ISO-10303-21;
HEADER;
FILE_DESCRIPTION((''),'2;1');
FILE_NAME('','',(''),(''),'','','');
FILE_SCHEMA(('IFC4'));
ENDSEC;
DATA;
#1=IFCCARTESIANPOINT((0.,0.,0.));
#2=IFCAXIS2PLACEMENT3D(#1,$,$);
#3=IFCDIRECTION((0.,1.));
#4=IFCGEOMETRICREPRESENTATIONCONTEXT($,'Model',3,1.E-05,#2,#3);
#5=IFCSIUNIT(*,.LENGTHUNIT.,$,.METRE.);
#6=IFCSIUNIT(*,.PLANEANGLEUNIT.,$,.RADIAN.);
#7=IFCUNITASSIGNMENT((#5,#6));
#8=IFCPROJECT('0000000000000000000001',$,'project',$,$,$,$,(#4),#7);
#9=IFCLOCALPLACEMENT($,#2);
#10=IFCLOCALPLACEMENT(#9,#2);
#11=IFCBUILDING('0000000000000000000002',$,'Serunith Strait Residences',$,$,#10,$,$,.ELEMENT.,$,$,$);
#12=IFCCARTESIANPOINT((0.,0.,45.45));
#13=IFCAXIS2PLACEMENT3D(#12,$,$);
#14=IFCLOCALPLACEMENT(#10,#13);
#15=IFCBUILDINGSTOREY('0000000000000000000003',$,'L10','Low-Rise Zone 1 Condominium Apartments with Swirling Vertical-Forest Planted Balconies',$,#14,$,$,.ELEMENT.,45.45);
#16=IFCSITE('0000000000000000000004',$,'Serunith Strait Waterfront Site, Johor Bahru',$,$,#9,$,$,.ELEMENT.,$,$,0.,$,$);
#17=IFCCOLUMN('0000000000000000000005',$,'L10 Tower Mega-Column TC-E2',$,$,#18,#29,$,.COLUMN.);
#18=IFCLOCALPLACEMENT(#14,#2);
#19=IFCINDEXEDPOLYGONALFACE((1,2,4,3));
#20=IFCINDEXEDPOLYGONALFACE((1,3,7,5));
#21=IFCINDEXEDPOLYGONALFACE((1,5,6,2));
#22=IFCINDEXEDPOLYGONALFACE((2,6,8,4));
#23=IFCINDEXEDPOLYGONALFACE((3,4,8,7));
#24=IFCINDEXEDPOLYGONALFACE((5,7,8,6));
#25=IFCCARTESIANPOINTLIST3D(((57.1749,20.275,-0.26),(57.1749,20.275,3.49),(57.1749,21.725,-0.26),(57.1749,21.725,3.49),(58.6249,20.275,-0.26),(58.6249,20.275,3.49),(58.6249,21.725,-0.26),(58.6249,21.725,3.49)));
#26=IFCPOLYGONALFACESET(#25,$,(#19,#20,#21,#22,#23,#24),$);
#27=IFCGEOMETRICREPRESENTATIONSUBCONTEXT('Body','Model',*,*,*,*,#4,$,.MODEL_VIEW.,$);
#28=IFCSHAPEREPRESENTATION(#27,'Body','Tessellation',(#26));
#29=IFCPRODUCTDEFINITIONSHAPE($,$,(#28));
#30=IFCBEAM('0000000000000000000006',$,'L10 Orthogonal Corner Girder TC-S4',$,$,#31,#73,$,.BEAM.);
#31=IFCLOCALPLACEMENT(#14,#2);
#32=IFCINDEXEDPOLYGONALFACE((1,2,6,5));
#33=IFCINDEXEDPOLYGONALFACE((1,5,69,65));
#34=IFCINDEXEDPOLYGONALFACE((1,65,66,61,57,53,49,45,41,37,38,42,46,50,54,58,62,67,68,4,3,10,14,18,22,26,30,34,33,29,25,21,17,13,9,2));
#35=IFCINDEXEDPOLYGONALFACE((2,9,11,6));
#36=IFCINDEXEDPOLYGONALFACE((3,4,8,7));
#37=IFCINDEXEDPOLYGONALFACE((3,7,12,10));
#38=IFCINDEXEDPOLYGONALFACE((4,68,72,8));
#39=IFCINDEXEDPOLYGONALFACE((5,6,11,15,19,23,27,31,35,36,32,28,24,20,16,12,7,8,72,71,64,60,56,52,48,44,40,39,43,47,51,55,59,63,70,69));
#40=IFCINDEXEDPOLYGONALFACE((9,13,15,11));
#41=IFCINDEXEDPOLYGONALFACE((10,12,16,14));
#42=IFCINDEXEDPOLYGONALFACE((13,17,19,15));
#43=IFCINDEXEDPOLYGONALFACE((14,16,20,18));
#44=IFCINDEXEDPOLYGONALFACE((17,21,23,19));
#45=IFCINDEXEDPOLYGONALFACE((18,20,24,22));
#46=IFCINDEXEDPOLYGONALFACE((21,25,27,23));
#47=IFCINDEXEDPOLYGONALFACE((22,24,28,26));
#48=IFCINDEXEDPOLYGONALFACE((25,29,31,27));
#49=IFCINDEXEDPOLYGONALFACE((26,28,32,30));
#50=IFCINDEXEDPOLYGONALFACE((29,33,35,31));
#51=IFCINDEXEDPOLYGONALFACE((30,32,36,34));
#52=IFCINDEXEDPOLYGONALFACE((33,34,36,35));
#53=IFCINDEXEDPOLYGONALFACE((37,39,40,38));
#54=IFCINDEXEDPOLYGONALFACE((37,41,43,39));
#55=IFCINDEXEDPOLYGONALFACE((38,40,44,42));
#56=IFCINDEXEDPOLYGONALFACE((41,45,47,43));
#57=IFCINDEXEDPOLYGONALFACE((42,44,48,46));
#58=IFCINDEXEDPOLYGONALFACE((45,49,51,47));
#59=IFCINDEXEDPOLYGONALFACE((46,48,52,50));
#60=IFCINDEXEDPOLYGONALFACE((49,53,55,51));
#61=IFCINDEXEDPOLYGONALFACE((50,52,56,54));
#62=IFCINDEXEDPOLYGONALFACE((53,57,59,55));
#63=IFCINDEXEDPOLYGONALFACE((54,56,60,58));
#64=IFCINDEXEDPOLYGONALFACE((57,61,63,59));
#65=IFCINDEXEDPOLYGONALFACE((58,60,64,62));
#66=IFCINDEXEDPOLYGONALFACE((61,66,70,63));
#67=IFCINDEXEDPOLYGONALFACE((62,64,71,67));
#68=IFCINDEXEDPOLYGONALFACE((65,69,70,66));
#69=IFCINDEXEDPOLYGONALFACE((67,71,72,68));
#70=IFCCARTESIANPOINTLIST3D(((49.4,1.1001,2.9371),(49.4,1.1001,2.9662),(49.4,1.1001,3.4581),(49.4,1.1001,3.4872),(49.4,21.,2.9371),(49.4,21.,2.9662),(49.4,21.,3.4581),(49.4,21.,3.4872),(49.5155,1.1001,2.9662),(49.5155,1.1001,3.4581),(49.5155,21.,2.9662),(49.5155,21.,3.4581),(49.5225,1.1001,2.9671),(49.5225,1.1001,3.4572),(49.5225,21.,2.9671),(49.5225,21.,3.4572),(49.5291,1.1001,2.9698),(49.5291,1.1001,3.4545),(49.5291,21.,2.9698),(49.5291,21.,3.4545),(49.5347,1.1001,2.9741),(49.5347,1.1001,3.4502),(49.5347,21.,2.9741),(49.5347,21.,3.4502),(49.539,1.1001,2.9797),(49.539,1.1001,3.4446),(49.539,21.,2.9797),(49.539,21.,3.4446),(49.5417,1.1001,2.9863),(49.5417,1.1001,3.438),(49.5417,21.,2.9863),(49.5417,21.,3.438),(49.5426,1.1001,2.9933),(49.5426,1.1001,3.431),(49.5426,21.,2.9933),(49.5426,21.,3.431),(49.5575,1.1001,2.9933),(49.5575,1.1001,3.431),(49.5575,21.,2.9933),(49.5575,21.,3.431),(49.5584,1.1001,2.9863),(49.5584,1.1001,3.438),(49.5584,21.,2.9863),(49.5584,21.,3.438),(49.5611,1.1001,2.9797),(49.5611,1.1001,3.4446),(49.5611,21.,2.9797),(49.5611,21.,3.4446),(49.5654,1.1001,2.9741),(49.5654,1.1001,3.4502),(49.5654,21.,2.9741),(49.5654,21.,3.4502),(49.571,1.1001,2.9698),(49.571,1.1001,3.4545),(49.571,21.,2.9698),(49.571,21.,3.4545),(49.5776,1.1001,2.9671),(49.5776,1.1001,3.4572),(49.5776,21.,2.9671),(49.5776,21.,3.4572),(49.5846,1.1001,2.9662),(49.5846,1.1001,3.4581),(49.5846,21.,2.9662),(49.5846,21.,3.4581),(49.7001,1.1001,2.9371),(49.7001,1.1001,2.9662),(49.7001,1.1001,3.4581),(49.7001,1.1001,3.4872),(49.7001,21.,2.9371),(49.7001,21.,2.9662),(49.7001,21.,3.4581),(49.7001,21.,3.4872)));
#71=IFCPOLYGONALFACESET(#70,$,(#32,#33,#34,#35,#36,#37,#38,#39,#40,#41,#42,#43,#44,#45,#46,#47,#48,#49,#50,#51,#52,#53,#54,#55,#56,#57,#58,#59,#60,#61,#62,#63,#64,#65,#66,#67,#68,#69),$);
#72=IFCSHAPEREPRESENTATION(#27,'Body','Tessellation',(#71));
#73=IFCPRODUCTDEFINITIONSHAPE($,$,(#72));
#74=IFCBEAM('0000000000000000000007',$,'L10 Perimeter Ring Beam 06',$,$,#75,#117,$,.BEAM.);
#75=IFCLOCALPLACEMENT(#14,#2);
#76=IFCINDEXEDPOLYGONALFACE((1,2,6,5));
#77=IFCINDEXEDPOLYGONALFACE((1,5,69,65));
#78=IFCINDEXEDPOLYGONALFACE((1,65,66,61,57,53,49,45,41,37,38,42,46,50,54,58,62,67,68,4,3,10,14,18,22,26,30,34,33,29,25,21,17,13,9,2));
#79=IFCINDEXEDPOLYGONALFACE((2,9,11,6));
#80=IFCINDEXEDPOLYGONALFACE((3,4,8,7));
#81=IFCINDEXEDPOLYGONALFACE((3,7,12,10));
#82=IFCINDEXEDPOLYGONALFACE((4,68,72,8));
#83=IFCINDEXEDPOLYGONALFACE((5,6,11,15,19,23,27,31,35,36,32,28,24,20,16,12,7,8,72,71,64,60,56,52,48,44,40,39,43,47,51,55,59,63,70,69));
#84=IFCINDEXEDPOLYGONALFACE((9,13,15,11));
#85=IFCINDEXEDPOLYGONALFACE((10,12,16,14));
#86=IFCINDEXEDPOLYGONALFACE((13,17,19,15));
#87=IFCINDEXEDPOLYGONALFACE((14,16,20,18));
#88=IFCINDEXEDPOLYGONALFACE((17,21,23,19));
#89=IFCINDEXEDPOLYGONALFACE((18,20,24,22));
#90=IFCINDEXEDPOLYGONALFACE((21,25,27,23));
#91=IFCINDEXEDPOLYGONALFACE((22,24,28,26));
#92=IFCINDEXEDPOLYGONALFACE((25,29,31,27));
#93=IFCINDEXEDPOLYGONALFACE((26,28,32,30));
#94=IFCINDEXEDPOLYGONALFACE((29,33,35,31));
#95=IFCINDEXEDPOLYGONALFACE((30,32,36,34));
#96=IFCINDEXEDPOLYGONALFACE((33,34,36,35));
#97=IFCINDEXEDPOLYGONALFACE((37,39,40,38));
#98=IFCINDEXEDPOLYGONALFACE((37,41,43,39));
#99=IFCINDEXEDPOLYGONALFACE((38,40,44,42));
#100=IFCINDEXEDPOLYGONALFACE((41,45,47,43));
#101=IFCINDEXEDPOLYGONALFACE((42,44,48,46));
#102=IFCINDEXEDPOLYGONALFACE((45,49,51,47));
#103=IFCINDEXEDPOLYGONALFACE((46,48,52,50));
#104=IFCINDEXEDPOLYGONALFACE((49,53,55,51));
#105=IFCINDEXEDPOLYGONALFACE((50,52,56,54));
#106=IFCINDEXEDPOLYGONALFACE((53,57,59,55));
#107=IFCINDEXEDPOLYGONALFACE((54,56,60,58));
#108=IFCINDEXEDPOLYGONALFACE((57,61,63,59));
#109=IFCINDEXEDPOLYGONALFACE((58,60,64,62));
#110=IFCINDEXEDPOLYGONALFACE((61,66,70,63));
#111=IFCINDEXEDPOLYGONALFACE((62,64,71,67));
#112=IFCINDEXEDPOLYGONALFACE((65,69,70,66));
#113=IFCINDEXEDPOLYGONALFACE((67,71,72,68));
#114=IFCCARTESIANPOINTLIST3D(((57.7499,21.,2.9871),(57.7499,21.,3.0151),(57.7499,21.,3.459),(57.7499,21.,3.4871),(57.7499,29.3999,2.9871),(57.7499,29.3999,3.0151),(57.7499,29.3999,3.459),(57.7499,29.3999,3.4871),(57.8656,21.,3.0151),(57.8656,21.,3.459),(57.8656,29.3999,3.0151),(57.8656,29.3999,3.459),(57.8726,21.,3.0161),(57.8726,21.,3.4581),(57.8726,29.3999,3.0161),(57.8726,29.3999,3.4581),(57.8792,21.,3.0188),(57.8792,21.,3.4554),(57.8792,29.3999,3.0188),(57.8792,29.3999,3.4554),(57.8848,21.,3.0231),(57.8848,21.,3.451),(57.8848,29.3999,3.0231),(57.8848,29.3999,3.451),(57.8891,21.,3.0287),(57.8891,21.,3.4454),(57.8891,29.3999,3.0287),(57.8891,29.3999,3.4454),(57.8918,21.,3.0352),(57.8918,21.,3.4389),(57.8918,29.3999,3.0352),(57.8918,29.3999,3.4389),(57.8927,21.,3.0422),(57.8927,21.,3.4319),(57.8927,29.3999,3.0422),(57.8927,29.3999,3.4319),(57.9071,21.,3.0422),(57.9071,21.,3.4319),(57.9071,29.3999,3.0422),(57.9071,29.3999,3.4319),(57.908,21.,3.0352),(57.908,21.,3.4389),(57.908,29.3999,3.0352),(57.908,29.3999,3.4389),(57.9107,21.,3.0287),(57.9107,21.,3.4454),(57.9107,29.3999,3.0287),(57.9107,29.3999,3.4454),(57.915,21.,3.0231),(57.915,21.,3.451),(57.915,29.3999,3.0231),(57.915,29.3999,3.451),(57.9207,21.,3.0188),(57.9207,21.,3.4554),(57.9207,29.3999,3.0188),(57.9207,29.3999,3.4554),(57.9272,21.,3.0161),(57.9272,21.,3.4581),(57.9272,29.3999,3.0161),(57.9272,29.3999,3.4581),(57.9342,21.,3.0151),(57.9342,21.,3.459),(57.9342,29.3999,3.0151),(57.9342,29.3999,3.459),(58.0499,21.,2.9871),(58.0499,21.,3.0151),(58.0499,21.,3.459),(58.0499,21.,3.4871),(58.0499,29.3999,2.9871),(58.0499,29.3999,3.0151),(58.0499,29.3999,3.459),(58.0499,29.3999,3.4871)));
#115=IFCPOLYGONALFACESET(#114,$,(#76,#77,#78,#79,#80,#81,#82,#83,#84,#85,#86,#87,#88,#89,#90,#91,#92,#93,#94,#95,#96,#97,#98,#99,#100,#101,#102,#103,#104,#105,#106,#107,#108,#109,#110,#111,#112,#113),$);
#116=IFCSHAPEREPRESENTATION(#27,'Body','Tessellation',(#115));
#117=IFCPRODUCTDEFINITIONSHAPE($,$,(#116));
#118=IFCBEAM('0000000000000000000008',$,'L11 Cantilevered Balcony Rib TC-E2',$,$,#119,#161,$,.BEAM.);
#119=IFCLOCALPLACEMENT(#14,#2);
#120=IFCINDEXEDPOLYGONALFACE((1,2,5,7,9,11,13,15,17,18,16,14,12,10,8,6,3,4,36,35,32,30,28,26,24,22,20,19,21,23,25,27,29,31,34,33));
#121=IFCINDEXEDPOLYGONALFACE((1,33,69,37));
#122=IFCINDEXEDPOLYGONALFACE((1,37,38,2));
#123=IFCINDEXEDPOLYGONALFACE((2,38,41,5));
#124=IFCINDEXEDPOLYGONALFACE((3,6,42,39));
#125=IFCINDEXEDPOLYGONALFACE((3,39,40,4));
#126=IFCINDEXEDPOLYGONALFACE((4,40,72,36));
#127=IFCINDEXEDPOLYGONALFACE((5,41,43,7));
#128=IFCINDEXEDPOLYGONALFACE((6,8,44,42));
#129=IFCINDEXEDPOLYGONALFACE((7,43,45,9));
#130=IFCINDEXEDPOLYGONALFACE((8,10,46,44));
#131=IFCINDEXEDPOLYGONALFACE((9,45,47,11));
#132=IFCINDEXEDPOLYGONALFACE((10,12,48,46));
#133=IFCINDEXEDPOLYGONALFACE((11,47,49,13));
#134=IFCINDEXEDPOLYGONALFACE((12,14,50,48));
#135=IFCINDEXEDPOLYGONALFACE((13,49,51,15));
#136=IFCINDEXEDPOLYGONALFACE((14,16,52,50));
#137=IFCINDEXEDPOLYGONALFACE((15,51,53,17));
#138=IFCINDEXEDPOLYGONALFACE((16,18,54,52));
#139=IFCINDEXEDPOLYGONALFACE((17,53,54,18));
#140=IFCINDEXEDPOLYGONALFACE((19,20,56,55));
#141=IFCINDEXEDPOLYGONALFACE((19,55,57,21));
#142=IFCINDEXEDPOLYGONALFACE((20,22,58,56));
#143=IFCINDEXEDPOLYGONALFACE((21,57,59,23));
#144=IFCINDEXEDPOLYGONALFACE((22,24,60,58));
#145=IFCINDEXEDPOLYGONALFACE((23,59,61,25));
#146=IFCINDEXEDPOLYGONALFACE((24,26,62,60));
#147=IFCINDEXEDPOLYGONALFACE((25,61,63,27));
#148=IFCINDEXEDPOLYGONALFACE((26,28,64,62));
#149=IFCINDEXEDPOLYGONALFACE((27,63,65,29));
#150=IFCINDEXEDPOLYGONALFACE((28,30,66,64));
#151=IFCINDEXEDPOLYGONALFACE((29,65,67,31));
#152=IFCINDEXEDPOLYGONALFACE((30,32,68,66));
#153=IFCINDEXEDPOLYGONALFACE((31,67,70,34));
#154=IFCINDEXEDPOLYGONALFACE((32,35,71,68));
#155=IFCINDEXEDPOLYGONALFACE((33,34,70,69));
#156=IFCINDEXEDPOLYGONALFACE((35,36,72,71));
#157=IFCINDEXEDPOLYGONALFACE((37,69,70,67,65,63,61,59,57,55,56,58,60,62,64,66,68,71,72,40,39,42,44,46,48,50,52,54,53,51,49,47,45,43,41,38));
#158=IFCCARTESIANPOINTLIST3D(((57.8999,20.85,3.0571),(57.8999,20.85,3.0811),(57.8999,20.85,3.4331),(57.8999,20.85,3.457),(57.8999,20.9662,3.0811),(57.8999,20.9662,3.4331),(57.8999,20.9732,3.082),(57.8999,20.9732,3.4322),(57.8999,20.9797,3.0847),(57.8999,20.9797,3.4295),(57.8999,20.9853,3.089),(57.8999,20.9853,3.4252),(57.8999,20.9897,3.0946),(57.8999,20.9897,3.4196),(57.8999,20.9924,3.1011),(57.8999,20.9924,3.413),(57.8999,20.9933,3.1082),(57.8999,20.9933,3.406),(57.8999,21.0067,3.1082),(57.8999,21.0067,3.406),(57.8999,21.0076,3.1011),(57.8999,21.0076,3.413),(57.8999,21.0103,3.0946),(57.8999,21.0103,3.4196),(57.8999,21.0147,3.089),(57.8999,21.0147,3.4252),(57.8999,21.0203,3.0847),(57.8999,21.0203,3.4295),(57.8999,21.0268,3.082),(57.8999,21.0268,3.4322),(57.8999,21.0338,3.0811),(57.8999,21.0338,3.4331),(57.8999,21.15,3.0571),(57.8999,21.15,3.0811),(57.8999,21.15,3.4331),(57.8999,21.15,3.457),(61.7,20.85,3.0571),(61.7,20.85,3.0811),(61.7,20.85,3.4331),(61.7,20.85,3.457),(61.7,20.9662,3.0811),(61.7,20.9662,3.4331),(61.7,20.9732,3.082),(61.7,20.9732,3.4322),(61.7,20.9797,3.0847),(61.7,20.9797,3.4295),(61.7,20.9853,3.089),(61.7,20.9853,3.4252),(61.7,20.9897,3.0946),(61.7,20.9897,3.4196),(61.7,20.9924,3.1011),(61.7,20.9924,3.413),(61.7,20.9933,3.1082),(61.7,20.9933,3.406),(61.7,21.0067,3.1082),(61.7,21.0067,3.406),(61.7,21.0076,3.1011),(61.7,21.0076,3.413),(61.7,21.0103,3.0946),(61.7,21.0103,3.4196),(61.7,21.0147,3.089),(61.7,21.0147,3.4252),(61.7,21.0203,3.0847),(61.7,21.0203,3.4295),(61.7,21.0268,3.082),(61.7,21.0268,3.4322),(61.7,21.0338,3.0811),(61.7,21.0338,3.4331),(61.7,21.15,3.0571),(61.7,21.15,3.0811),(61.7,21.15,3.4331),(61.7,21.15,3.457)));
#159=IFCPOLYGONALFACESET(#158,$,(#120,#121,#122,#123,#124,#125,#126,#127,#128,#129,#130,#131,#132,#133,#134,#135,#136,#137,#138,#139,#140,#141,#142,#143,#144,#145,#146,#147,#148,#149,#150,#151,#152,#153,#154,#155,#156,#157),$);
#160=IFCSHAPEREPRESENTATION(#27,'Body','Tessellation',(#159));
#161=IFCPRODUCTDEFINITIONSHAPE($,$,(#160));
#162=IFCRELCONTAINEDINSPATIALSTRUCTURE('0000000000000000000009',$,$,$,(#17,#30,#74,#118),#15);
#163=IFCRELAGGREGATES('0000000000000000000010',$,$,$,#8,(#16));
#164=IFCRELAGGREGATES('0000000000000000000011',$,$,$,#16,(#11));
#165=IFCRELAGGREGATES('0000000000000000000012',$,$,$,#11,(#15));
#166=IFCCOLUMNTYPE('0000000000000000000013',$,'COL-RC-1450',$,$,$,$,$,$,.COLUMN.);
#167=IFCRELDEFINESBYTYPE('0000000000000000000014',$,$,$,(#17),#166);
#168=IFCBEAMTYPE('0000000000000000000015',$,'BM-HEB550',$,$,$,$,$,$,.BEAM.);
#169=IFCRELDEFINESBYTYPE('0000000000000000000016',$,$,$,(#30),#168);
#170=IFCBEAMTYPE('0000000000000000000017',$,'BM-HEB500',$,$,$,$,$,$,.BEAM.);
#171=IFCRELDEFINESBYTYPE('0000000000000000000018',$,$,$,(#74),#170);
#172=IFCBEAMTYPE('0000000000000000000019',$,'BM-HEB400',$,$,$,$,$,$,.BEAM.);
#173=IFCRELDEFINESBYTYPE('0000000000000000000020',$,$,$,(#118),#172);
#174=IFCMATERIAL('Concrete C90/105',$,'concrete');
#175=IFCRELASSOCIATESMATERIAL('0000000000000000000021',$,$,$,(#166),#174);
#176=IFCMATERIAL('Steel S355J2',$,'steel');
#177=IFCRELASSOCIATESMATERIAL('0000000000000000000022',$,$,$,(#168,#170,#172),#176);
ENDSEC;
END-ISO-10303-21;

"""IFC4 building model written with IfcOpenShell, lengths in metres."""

from ifc_helpers import new_model, si_unit, direction, frame, origin, origin_2d, place, context, subcontext, project, spatial, rectangle, i_section, extrude, source, transform, mapped, material, material_profile, profile_set, type_object, element, save


model = new_model("IFC4")

# Units and contexts
model_context = context("Model", 3, precision=1e-05, world=origin(), true_north=direction((0.0, 1.0)))
body_context = subcontext(model_context, "Body", "Model", "MODEL_VIEW")
ifc_project = project(units=[si_unit("LENGTHUNIT", "METRE"), si_unit("PLANEANGLEUNIT", "RADIAN")], contexts=[model_context])

# Site, building, storey
site_placement = place(None, origin())
site = spatial("IfcSite", under=ifc_project, at=site_placement, Name="Serunith Strait Waterfront Site, Johor Bahru", CompositionType="ELEMENT", RefElevation=0.0)
building_placement = place(site_placement, origin())
building = spatial("IfcBuilding", under=site, at=building_placement, Name="Serunith Strait Residences", CompositionType="ELEMENT")
storey_placement = place(building_placement, frame((0.0, 0.0, 45.45)))
storey = spatial("IfcBuildingStorey", under=building, at=storey_placement, Name="L10", Description="Low-Rise Zone 1 Condominium Apartments with Swirling Vertical-Forest Planted Balconies", CompositionType="ELEMENT", Elevation=45.45)

# Column
ifc_material_1 = material(Name="Concrete C90/105", Category="concrete")
ifc_material_profile_1 = material_profile(ifc_material_1, rectangle(XDim=1.45, YDim=1.45, at=origin_2d()), Name="RC 1450x1450")
ifc_profile_set_1 = profile_set([ifc_material_profile_1], Name="Concrete C90/105")
column_type = type_object("IfcColumnType", Name="COL-RC-1450", PredefinedType="COLUMN", material=ifc_profile_set_1)
shared_shape_1 = source(origin(), body_context, "Body", "SweptSolid", [
    extrude(rectangle(XDim=1.45, YDim=1.45, at=origin_2d()), origin(), (0.0, 0.0, 1.0), 3.75),
])
column_placement = place(storey_placement, frame((57.8999, 21.0, -0.26), z_axis=(0.0, 0.0, 1.0), x_axis=(1.0, 0.0, 0.0)))
element("IfcColumn", 1, at=column_placement, inside=storey, type_object=column_type, Name="L10 Tower Mega-Column TC-E2", PredefinedType="COLUMN", context=body_context, shape_type="MappedRepresentation", body=[
    mapped(shared_shape_1, transform((0.0, 0.0, 0.0), scale=1.0)),
])

# Beams
ifc_material_2 = material(Name="Steel S355J2", Category="steel")
ifc_material_profile_2 = material_profile(ifc_material_2, i_section(OverallWidth=0.3, OverallDepth=0.55, WebThickness=0.0149, FlangeThickness=0.0291, FilletRadius=0.0271, at=origin_2d()), Name="HEB 550")
ifc_profile_set_2 = profile_set([ifc_material_profile_2], Name="Steel S355J2")
beam_type_1 = type_object("IfcBeamType", Name="BM-HEB550", PredefinedType="BEAM", material=ifc_profile_set_2)
shared_shape_2 = source(origin(), body_context, "Body", "SweptSolid", [
    extrude(i_section(OverallWidth=0.3, OverallDepth=0.55, WebThickness=0.0149, FlangeThickness=0.0291, FilletRadius=0.0271, at=origin_2d()), origin(), (0.0, 0.0, 1.0), 19.8999),
])
beam_1_placement = place(storey_placement, frame((49.55, 21.0, 3.2122), z_axis=(0.0, -1.0, 0.0), x_axis=(1.0, 0.0, 0.0)))
element("IfcBeam", 2, at=beam_1_placement, inside=storey, type_object=beam_type_1, Name="L10 Orthogonal Corner Girder TC-S4", PredefinedType="BEAM", context=body_context, shape_type="MappedRepresentation", body=[
    mapped(shared_shape_2, transform((0.0, 0.0, 0.0), scale=1.0)),
])
ifc_material_profile_3 = material_profile(ifc_material_2, i_section(OverallWidth=0.3, OverallDepth=0.5, WebThickness=0.0144, FlangeThickness=0.0281, FilletRadius=0.0271, at=origin_2d()), Name="HEB 500")
ifc_profile_set_3 = profile_set([ifc_material_profile_3], Name="Steel S355J2")
beam_type_2 = type_object("IfcBeamType", Name="BM-HEB500", PredefinedType="BEAM", material=ifc_profile_set_3)
shared_shape_3 = source(origin(), body_context, "Body", "SweptSolid", [
    extrude(i_section(OverallWidth=0.3, OverallDepth=0.5, WebThickness=0.0144, FlangeThickness=0.0281, FilletRadius=0.0271, at=origin_2d()), origin(), (0.0, 0.0, 1.0), 8.3999),
])
beam_2_placement = place(storey_placement, frame((57.8999, 21.0, 3.2371), z_axis=(0.0, 1.0, 0.0), x_axis=(-1.0, 0.0, 0.0)))
element("IfcBeam", 3, at=beam_2_placement, inside=storey, type_object=beam_type_2, Name="L10 Perimeter Ring Beam 06", PredefinedType="BEAM", context=body_context, shape_type="MappedRepresentation", body=[
    mapped(shared_shape_3, transform((0.0, 0.0, 0.0), scale=1.0)),
])
ifc_material_profile_4 = material_profile(ifc_material_2, i_section(OverallWidth=0.3, OverallDepth=0.3999, WebThickness=0.0134, FlangeThickness=0.0239, FilletRadius=0.0271, at=origin_2d()), Name="HEB 400")
ifc_profile_set_4 = profile_set([ifc_material_profile_4], Name="Steel S355J2")
beam_type_3 = type_object("IfcBeamType", Name="BM-HEB400", PredefinedType="BEAM", material=ifc_profile_set_4)
shared_shape_4 = source(origin(), body_context, "Body", "SweptSolid", [
    extrude(i_section(OverallWidth=0.3, OverallDepth=0.3999, WebThickness=0.0134, FlangeThickness=0.0239, FilletRadius=0.0271, at=origin_2d()), origin(), (0.0, 0.0, 1.0), 3.8),
])
beam_3_placement = place(storey_placement, frame((57.8999, 21.0, 3.2571), z_axis=(1.0, 0.0, 0.0), x_axis=(0.0, 1.0, 0.0)))
element("IfcBeam", 4, at=beam_3_placement, inside=storey, type_object=beam_type_3, Name="L11 Cantilevered Balcony Rib TC-E2", PredefinedType="BEAM", context=body_context, shape_type="MappedRepresentation", body=[
    mapped(shared_shape_4, transform((0.0, 0.0, 0.0), scale=1.0)),
])

save(model, "model.ifc")
